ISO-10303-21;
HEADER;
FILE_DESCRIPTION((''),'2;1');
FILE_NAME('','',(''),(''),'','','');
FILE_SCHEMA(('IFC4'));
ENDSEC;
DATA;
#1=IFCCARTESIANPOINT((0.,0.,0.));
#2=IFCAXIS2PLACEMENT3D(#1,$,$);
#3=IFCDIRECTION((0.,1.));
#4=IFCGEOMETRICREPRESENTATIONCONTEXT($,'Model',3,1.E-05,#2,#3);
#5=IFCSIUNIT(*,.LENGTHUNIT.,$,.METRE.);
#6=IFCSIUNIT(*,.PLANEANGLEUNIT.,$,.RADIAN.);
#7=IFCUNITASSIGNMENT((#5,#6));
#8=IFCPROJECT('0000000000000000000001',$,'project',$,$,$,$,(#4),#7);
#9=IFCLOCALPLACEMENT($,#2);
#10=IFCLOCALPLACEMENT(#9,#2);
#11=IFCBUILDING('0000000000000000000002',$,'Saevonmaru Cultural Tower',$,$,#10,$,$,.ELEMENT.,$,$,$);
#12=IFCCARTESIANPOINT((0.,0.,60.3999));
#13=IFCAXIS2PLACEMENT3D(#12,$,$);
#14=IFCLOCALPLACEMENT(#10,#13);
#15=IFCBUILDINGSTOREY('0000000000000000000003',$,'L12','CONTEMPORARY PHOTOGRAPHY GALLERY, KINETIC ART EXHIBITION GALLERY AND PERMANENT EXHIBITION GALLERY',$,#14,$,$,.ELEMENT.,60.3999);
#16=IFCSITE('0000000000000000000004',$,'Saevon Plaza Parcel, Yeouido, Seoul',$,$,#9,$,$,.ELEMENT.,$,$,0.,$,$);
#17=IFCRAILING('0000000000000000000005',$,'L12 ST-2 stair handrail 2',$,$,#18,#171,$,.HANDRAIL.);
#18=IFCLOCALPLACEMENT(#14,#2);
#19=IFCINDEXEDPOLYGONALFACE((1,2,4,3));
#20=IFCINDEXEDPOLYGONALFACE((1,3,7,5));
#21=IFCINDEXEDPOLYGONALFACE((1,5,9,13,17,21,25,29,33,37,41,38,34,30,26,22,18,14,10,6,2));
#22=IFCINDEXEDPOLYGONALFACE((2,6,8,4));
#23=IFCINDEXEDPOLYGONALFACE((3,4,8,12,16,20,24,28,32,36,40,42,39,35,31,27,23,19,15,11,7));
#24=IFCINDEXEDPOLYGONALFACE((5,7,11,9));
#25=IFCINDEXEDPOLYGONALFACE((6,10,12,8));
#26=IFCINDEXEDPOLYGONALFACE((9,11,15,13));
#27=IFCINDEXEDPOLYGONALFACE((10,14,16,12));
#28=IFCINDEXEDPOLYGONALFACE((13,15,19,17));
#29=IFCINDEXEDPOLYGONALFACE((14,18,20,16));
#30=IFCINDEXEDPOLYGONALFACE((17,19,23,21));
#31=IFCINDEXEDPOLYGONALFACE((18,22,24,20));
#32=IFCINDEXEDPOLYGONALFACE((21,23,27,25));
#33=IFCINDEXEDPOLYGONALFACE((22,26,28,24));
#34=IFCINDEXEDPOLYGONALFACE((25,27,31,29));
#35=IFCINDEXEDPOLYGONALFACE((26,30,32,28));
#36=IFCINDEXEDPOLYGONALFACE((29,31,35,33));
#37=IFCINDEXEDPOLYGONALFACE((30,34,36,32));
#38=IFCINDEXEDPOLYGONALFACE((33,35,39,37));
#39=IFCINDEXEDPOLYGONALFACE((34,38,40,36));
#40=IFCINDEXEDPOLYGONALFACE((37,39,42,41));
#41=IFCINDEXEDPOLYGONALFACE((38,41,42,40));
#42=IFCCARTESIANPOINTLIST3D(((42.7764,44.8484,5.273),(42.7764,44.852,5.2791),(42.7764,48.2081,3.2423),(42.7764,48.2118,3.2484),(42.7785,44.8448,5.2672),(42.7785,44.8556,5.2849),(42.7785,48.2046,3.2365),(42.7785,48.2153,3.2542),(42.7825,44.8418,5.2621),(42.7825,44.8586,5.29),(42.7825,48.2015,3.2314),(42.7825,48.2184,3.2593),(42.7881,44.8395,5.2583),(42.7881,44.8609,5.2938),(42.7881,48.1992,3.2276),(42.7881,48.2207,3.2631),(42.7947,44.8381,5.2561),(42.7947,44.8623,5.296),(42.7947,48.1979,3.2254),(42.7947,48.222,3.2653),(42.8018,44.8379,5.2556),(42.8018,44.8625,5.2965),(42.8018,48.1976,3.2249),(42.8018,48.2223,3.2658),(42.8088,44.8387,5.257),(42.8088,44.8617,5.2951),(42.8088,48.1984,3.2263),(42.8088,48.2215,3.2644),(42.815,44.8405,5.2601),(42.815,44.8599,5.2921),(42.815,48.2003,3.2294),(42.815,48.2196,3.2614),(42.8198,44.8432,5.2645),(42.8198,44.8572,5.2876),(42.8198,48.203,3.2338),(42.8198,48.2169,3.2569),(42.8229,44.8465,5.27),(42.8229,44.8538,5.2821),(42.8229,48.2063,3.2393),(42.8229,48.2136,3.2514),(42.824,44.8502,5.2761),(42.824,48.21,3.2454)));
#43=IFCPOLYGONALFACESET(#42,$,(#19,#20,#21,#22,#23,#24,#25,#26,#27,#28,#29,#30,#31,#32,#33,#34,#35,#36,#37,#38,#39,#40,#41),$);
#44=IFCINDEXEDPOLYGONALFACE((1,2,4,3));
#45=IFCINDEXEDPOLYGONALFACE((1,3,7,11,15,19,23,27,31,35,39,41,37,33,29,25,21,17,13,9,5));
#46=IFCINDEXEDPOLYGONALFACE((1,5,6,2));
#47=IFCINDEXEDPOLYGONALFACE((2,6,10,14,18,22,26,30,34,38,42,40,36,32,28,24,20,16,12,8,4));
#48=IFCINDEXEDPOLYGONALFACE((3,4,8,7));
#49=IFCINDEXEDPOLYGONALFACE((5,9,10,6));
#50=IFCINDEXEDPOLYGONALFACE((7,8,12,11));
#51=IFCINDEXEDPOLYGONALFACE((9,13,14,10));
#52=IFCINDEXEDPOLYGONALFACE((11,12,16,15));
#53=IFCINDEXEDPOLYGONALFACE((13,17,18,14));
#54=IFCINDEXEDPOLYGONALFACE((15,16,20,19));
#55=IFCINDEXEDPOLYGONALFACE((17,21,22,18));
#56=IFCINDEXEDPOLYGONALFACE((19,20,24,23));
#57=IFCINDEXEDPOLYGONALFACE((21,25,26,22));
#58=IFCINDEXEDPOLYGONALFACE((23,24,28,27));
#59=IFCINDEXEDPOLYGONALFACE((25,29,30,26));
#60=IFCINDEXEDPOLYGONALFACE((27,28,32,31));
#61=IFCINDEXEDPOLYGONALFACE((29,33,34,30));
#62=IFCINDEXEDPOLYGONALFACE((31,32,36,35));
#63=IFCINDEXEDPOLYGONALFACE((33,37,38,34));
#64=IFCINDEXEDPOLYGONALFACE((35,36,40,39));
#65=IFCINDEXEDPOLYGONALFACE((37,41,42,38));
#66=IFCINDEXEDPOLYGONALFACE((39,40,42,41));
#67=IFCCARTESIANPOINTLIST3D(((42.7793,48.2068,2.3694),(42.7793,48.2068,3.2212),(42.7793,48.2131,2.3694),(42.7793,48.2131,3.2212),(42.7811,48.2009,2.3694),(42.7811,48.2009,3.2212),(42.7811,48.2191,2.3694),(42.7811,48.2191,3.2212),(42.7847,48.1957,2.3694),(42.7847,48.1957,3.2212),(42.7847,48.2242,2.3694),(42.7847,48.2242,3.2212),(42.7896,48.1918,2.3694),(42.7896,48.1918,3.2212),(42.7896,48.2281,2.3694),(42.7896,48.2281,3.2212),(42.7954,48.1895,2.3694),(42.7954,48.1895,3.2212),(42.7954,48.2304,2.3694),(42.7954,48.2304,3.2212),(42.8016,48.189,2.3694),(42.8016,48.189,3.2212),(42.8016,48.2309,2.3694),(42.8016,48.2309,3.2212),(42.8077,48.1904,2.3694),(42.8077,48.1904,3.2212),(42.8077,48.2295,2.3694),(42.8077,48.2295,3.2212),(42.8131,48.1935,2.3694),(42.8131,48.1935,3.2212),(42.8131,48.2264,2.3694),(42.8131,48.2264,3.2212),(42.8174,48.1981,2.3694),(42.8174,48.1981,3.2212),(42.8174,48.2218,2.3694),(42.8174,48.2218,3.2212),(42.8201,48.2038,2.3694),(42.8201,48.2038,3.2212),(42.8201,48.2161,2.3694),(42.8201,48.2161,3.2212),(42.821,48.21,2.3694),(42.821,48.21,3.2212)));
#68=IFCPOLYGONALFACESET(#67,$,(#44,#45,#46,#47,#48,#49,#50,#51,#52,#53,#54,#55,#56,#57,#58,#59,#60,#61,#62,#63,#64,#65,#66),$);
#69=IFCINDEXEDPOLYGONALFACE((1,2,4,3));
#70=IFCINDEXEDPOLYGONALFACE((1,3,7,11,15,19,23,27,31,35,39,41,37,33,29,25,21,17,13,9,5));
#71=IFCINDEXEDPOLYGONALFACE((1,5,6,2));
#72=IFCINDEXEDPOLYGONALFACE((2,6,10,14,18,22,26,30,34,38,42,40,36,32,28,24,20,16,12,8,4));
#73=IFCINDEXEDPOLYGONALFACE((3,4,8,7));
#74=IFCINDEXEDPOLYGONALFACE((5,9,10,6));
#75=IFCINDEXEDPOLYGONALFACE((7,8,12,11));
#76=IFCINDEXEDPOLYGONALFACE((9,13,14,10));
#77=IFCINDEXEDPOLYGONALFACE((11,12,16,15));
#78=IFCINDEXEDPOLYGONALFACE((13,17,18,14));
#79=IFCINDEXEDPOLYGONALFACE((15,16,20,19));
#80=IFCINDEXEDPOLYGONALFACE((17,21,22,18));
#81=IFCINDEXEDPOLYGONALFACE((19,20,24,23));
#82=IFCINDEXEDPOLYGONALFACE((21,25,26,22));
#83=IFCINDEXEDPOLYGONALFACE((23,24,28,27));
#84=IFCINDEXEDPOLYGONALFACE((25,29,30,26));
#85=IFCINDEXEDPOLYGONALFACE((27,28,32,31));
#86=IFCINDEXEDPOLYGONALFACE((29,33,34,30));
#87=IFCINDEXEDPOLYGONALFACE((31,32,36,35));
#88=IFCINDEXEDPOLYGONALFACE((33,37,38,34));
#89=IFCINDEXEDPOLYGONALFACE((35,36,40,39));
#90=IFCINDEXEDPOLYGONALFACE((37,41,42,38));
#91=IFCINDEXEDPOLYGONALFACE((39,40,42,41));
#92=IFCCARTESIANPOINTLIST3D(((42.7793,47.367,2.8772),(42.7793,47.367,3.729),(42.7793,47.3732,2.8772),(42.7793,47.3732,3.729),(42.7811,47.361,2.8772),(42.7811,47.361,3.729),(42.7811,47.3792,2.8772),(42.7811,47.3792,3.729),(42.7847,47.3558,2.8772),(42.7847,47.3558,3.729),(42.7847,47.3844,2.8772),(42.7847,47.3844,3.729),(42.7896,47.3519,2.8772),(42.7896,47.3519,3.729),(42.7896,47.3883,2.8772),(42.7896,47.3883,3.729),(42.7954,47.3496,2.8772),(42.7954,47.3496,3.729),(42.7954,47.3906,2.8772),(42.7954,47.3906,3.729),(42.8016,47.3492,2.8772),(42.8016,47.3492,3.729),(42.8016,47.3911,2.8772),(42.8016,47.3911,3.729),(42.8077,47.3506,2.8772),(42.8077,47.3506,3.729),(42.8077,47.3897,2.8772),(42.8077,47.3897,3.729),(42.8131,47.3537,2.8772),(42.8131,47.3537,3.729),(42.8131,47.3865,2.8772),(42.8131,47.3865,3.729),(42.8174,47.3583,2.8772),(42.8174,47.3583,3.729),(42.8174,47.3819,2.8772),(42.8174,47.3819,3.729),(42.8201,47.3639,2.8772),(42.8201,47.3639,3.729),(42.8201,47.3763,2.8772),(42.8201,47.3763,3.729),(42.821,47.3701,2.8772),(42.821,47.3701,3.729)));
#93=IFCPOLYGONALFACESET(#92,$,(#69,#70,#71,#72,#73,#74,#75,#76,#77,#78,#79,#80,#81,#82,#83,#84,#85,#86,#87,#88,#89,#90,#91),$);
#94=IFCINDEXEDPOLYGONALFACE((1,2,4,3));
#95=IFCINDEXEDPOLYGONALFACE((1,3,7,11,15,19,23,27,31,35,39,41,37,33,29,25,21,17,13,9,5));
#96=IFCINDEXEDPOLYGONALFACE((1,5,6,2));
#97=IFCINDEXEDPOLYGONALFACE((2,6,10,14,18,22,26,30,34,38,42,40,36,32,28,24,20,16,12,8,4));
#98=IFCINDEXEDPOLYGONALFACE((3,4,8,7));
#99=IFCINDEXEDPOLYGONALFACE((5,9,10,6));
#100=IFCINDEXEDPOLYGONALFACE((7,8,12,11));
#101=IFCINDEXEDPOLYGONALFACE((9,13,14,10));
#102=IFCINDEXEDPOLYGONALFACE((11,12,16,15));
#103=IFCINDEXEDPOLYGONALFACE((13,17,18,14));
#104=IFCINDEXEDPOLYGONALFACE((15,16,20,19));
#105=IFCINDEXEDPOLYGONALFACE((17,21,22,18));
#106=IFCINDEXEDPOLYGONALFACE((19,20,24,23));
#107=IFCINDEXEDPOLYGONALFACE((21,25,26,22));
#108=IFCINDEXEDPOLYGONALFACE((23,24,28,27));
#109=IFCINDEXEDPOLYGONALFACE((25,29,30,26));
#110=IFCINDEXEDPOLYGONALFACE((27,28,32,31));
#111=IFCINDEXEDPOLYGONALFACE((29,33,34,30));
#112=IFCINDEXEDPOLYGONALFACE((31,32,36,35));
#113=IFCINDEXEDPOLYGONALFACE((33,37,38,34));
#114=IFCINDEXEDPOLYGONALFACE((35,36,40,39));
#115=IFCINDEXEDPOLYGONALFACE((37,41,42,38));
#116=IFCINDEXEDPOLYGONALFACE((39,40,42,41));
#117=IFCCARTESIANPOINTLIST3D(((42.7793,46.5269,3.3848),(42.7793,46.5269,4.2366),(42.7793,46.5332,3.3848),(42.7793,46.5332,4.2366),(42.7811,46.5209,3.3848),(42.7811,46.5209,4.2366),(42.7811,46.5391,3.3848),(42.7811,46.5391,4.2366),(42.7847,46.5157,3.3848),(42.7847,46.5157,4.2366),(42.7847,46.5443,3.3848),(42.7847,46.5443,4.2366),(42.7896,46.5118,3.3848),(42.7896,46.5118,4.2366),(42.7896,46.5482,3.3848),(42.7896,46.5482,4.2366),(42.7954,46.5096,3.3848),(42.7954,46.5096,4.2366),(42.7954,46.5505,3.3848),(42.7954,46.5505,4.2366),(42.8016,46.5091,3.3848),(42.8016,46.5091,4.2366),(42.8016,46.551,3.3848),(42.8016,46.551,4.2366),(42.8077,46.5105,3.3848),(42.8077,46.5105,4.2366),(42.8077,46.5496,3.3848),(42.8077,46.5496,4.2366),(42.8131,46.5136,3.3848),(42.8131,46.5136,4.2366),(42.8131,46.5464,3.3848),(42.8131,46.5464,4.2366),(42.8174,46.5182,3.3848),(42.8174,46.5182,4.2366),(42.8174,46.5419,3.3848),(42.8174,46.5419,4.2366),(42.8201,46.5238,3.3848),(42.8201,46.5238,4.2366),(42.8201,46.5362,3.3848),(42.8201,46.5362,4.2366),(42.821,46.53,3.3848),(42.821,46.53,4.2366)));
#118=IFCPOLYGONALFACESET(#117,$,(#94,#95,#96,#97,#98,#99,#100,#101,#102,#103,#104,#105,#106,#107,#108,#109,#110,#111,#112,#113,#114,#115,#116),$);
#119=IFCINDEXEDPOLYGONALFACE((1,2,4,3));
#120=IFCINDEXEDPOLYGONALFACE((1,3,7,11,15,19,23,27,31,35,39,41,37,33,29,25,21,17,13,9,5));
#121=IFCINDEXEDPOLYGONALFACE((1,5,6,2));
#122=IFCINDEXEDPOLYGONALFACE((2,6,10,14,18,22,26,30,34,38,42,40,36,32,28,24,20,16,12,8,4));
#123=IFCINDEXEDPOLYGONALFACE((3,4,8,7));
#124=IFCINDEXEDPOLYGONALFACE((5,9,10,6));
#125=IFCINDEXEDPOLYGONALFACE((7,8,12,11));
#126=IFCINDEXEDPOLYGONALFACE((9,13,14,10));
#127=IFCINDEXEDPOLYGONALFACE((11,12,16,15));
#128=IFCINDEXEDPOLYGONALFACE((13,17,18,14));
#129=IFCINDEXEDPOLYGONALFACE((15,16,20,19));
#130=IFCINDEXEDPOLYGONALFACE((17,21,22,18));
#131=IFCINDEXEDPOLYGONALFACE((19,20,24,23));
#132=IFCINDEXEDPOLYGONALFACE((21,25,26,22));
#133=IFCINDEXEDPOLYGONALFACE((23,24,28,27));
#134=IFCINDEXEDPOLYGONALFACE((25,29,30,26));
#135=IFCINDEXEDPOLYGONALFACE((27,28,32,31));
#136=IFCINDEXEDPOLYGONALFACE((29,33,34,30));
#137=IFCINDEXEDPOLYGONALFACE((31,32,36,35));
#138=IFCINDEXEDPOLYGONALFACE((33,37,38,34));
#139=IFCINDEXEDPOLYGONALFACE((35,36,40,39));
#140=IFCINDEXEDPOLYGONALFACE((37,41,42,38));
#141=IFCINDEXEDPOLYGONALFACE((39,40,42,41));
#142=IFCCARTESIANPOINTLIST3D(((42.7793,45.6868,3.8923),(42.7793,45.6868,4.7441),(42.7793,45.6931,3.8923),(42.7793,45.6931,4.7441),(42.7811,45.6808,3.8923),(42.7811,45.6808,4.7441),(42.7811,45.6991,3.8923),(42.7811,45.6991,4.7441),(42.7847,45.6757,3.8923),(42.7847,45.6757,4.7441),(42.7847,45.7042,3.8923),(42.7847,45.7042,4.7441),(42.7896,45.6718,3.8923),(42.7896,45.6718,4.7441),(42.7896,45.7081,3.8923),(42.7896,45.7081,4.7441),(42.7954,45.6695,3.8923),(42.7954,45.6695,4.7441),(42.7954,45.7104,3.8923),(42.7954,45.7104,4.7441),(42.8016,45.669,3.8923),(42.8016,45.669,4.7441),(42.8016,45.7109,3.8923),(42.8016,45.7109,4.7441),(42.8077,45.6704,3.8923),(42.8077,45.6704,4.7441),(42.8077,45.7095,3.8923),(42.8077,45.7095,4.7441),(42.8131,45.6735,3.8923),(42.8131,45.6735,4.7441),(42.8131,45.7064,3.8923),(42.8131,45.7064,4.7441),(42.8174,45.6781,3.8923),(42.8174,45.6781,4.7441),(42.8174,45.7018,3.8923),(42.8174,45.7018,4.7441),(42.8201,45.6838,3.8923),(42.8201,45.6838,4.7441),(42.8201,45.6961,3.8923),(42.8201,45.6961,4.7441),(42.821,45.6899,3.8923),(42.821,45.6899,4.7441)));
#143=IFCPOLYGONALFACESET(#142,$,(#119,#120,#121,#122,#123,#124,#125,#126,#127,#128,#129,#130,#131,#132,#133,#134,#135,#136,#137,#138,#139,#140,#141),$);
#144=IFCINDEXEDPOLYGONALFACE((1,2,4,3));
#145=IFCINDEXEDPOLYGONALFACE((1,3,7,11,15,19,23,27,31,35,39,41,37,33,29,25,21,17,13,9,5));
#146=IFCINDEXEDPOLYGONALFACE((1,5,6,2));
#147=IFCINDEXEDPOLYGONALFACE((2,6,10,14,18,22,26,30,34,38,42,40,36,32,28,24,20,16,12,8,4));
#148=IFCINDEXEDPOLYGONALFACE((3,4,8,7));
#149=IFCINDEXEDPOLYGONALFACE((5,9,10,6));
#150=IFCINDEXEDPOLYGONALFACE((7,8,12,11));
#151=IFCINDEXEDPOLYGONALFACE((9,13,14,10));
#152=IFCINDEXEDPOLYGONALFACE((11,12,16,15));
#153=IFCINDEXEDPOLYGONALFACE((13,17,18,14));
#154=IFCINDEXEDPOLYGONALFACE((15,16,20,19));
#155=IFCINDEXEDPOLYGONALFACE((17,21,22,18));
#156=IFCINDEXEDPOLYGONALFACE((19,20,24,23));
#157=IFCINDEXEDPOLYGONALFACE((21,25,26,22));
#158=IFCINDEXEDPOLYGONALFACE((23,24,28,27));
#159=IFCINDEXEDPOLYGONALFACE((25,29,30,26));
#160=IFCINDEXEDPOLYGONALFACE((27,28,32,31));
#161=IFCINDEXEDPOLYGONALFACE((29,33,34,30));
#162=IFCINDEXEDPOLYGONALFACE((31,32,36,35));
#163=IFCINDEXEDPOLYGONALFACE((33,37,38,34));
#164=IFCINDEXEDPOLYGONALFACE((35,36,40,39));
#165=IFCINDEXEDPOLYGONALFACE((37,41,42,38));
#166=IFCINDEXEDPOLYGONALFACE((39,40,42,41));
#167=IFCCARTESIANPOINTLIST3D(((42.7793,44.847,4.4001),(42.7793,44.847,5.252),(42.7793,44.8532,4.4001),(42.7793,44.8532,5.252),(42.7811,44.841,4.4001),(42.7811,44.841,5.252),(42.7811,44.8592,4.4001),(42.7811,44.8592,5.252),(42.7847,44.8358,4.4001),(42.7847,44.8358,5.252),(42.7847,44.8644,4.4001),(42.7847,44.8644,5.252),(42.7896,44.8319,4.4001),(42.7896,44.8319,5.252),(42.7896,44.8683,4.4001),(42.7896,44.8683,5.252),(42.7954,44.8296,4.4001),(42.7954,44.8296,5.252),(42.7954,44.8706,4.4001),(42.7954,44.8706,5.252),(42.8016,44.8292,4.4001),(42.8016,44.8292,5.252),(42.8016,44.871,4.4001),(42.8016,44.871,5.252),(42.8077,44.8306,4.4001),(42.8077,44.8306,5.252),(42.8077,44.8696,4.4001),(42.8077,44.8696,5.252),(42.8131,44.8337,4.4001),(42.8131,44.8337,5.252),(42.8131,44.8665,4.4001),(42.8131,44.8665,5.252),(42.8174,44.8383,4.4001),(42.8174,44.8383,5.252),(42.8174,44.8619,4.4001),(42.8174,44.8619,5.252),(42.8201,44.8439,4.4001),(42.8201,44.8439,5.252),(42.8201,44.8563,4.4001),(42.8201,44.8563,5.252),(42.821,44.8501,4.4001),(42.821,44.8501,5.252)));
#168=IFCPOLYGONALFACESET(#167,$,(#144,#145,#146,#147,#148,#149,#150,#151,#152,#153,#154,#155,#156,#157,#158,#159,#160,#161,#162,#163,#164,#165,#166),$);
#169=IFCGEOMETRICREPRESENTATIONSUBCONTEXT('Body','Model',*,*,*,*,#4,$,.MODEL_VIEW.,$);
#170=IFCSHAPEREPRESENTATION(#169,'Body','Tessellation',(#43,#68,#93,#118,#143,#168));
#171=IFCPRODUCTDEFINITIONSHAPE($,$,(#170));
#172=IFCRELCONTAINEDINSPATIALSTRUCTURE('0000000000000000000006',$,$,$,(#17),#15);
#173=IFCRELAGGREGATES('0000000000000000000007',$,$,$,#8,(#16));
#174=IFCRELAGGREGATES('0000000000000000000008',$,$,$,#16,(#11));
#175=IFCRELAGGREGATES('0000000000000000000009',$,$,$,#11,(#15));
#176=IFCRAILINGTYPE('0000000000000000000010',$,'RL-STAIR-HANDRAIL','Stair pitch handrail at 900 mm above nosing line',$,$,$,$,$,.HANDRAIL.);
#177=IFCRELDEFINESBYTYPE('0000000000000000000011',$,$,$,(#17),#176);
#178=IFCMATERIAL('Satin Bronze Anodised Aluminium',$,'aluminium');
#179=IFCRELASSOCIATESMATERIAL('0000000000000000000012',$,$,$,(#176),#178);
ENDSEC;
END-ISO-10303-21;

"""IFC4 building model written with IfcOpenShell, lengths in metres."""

from ifc_helpers import new_model, si_unit, direction, frame, origin, origin_2d, place, context, subcontext, project, spatial, circle, extrude, material, type_object, element, save


model = new_model("IFC4")

# Units and contexts
model_context = context("Model", 3, precision=1e-05, world=origin(), true_north=direction((0.0, 1.0)))
body_context = subcontext(model_context, "Body", "Model", "MODEL_VIEW")
ifc_project = project(units=[si_unit("LENGTHUNIT", "METRE"), si_unit("PLANEANGLEUNIT", "RADIAN")], contexts=[model_context])

# Site, building, storey
site_placement = place(None, origin())
site = spatial("IfcSite", under=ifc_project, at=site_placement, Name="Saevon Plaza Parcel, Yeouido, Seoul", CompositionType="ELEMENT", RefElevation=0.0)
building_placement = place(site_placement, origin())
building = spatial("IfcBuilding", under=site, at=building_placement, Name="Saevonmaru Cultural Tower", CompositionType="ELEMENT")
storey_placement = place(building_placement, frame((0.0, 0.0, 60.3999)))
storey = spatial("IfcBuildingStorey", under=building, at=storey_placement, Name="L12", Description="CONTEMPORARY PHOTOGRAPHY GALLERY, KINETIC ART EXHIBITION GALLERY AND PERMANENT EXHIBITION GALLERY", CompositionType="ELEMENT", Elevation=60.3999)

# Shared definitions
ifc_material_1 = material(Name="Satin Bronze Anodised Aluminium", Category="aluminium")

# Railing
railing_type_1 = type_object("IfcRailingType", Name="RL-STAIR-HANDRAIL", Description="Stair pitch handrail at 900 mm above nosing line", PredefinedType="HANDRAIL", material=ifc_material_1)
railing_1_placement = place(storey_placement, frame((42.8, 48.21, 2.3694)))
element("IfcRailing", 1, at=railing_1_placement, inside=storey, type_object=railing_type_1, Name="L12 ST-2 stair handrail 2", PredefinedType="HANDRAIL", context=body_context, shape_type="SweptSolid", body=[
    extrude(circle(Radius=0.0239, at=origin_2d()), frame((0.0, 0.0, 0.876), z_axis=(0.0, -0.85582, 0.517273), x_axis=(1.0, 0.0, 0.0)), (0.0, 0.0, 1.0), 3.9258),
    extrude(circle(Radius=0.021, at=origin_2d()), origin(), (0.0, 0.0, 1.0), 0.8518),
    extrude(circle(Radius=0.021, at=origin_2d()), frame((0.0, -0.8398, 0.5078)), (0.0, 0.0, 1.0), 0.8518),
    extrude(circle(Radius=0.021, at=origin_2d()), frame((0.0, -1.6799, 1.0154)), (0.0, 0.0, 1.0), 0.8518),
    extrude(circle(Radius=0.021, at=origin_2d()), frame((0.0, -2.52, 1.5229)), (0.0, 0.0, 1.0), 0.8518),
    extrude(circle(Radius=0.021, at=origin_2d()), frame((0.0, -3.3599, 2.0308)), (0.0, 0.0, 1.0), 0.8518),
])

save(model, "model.ifc")
